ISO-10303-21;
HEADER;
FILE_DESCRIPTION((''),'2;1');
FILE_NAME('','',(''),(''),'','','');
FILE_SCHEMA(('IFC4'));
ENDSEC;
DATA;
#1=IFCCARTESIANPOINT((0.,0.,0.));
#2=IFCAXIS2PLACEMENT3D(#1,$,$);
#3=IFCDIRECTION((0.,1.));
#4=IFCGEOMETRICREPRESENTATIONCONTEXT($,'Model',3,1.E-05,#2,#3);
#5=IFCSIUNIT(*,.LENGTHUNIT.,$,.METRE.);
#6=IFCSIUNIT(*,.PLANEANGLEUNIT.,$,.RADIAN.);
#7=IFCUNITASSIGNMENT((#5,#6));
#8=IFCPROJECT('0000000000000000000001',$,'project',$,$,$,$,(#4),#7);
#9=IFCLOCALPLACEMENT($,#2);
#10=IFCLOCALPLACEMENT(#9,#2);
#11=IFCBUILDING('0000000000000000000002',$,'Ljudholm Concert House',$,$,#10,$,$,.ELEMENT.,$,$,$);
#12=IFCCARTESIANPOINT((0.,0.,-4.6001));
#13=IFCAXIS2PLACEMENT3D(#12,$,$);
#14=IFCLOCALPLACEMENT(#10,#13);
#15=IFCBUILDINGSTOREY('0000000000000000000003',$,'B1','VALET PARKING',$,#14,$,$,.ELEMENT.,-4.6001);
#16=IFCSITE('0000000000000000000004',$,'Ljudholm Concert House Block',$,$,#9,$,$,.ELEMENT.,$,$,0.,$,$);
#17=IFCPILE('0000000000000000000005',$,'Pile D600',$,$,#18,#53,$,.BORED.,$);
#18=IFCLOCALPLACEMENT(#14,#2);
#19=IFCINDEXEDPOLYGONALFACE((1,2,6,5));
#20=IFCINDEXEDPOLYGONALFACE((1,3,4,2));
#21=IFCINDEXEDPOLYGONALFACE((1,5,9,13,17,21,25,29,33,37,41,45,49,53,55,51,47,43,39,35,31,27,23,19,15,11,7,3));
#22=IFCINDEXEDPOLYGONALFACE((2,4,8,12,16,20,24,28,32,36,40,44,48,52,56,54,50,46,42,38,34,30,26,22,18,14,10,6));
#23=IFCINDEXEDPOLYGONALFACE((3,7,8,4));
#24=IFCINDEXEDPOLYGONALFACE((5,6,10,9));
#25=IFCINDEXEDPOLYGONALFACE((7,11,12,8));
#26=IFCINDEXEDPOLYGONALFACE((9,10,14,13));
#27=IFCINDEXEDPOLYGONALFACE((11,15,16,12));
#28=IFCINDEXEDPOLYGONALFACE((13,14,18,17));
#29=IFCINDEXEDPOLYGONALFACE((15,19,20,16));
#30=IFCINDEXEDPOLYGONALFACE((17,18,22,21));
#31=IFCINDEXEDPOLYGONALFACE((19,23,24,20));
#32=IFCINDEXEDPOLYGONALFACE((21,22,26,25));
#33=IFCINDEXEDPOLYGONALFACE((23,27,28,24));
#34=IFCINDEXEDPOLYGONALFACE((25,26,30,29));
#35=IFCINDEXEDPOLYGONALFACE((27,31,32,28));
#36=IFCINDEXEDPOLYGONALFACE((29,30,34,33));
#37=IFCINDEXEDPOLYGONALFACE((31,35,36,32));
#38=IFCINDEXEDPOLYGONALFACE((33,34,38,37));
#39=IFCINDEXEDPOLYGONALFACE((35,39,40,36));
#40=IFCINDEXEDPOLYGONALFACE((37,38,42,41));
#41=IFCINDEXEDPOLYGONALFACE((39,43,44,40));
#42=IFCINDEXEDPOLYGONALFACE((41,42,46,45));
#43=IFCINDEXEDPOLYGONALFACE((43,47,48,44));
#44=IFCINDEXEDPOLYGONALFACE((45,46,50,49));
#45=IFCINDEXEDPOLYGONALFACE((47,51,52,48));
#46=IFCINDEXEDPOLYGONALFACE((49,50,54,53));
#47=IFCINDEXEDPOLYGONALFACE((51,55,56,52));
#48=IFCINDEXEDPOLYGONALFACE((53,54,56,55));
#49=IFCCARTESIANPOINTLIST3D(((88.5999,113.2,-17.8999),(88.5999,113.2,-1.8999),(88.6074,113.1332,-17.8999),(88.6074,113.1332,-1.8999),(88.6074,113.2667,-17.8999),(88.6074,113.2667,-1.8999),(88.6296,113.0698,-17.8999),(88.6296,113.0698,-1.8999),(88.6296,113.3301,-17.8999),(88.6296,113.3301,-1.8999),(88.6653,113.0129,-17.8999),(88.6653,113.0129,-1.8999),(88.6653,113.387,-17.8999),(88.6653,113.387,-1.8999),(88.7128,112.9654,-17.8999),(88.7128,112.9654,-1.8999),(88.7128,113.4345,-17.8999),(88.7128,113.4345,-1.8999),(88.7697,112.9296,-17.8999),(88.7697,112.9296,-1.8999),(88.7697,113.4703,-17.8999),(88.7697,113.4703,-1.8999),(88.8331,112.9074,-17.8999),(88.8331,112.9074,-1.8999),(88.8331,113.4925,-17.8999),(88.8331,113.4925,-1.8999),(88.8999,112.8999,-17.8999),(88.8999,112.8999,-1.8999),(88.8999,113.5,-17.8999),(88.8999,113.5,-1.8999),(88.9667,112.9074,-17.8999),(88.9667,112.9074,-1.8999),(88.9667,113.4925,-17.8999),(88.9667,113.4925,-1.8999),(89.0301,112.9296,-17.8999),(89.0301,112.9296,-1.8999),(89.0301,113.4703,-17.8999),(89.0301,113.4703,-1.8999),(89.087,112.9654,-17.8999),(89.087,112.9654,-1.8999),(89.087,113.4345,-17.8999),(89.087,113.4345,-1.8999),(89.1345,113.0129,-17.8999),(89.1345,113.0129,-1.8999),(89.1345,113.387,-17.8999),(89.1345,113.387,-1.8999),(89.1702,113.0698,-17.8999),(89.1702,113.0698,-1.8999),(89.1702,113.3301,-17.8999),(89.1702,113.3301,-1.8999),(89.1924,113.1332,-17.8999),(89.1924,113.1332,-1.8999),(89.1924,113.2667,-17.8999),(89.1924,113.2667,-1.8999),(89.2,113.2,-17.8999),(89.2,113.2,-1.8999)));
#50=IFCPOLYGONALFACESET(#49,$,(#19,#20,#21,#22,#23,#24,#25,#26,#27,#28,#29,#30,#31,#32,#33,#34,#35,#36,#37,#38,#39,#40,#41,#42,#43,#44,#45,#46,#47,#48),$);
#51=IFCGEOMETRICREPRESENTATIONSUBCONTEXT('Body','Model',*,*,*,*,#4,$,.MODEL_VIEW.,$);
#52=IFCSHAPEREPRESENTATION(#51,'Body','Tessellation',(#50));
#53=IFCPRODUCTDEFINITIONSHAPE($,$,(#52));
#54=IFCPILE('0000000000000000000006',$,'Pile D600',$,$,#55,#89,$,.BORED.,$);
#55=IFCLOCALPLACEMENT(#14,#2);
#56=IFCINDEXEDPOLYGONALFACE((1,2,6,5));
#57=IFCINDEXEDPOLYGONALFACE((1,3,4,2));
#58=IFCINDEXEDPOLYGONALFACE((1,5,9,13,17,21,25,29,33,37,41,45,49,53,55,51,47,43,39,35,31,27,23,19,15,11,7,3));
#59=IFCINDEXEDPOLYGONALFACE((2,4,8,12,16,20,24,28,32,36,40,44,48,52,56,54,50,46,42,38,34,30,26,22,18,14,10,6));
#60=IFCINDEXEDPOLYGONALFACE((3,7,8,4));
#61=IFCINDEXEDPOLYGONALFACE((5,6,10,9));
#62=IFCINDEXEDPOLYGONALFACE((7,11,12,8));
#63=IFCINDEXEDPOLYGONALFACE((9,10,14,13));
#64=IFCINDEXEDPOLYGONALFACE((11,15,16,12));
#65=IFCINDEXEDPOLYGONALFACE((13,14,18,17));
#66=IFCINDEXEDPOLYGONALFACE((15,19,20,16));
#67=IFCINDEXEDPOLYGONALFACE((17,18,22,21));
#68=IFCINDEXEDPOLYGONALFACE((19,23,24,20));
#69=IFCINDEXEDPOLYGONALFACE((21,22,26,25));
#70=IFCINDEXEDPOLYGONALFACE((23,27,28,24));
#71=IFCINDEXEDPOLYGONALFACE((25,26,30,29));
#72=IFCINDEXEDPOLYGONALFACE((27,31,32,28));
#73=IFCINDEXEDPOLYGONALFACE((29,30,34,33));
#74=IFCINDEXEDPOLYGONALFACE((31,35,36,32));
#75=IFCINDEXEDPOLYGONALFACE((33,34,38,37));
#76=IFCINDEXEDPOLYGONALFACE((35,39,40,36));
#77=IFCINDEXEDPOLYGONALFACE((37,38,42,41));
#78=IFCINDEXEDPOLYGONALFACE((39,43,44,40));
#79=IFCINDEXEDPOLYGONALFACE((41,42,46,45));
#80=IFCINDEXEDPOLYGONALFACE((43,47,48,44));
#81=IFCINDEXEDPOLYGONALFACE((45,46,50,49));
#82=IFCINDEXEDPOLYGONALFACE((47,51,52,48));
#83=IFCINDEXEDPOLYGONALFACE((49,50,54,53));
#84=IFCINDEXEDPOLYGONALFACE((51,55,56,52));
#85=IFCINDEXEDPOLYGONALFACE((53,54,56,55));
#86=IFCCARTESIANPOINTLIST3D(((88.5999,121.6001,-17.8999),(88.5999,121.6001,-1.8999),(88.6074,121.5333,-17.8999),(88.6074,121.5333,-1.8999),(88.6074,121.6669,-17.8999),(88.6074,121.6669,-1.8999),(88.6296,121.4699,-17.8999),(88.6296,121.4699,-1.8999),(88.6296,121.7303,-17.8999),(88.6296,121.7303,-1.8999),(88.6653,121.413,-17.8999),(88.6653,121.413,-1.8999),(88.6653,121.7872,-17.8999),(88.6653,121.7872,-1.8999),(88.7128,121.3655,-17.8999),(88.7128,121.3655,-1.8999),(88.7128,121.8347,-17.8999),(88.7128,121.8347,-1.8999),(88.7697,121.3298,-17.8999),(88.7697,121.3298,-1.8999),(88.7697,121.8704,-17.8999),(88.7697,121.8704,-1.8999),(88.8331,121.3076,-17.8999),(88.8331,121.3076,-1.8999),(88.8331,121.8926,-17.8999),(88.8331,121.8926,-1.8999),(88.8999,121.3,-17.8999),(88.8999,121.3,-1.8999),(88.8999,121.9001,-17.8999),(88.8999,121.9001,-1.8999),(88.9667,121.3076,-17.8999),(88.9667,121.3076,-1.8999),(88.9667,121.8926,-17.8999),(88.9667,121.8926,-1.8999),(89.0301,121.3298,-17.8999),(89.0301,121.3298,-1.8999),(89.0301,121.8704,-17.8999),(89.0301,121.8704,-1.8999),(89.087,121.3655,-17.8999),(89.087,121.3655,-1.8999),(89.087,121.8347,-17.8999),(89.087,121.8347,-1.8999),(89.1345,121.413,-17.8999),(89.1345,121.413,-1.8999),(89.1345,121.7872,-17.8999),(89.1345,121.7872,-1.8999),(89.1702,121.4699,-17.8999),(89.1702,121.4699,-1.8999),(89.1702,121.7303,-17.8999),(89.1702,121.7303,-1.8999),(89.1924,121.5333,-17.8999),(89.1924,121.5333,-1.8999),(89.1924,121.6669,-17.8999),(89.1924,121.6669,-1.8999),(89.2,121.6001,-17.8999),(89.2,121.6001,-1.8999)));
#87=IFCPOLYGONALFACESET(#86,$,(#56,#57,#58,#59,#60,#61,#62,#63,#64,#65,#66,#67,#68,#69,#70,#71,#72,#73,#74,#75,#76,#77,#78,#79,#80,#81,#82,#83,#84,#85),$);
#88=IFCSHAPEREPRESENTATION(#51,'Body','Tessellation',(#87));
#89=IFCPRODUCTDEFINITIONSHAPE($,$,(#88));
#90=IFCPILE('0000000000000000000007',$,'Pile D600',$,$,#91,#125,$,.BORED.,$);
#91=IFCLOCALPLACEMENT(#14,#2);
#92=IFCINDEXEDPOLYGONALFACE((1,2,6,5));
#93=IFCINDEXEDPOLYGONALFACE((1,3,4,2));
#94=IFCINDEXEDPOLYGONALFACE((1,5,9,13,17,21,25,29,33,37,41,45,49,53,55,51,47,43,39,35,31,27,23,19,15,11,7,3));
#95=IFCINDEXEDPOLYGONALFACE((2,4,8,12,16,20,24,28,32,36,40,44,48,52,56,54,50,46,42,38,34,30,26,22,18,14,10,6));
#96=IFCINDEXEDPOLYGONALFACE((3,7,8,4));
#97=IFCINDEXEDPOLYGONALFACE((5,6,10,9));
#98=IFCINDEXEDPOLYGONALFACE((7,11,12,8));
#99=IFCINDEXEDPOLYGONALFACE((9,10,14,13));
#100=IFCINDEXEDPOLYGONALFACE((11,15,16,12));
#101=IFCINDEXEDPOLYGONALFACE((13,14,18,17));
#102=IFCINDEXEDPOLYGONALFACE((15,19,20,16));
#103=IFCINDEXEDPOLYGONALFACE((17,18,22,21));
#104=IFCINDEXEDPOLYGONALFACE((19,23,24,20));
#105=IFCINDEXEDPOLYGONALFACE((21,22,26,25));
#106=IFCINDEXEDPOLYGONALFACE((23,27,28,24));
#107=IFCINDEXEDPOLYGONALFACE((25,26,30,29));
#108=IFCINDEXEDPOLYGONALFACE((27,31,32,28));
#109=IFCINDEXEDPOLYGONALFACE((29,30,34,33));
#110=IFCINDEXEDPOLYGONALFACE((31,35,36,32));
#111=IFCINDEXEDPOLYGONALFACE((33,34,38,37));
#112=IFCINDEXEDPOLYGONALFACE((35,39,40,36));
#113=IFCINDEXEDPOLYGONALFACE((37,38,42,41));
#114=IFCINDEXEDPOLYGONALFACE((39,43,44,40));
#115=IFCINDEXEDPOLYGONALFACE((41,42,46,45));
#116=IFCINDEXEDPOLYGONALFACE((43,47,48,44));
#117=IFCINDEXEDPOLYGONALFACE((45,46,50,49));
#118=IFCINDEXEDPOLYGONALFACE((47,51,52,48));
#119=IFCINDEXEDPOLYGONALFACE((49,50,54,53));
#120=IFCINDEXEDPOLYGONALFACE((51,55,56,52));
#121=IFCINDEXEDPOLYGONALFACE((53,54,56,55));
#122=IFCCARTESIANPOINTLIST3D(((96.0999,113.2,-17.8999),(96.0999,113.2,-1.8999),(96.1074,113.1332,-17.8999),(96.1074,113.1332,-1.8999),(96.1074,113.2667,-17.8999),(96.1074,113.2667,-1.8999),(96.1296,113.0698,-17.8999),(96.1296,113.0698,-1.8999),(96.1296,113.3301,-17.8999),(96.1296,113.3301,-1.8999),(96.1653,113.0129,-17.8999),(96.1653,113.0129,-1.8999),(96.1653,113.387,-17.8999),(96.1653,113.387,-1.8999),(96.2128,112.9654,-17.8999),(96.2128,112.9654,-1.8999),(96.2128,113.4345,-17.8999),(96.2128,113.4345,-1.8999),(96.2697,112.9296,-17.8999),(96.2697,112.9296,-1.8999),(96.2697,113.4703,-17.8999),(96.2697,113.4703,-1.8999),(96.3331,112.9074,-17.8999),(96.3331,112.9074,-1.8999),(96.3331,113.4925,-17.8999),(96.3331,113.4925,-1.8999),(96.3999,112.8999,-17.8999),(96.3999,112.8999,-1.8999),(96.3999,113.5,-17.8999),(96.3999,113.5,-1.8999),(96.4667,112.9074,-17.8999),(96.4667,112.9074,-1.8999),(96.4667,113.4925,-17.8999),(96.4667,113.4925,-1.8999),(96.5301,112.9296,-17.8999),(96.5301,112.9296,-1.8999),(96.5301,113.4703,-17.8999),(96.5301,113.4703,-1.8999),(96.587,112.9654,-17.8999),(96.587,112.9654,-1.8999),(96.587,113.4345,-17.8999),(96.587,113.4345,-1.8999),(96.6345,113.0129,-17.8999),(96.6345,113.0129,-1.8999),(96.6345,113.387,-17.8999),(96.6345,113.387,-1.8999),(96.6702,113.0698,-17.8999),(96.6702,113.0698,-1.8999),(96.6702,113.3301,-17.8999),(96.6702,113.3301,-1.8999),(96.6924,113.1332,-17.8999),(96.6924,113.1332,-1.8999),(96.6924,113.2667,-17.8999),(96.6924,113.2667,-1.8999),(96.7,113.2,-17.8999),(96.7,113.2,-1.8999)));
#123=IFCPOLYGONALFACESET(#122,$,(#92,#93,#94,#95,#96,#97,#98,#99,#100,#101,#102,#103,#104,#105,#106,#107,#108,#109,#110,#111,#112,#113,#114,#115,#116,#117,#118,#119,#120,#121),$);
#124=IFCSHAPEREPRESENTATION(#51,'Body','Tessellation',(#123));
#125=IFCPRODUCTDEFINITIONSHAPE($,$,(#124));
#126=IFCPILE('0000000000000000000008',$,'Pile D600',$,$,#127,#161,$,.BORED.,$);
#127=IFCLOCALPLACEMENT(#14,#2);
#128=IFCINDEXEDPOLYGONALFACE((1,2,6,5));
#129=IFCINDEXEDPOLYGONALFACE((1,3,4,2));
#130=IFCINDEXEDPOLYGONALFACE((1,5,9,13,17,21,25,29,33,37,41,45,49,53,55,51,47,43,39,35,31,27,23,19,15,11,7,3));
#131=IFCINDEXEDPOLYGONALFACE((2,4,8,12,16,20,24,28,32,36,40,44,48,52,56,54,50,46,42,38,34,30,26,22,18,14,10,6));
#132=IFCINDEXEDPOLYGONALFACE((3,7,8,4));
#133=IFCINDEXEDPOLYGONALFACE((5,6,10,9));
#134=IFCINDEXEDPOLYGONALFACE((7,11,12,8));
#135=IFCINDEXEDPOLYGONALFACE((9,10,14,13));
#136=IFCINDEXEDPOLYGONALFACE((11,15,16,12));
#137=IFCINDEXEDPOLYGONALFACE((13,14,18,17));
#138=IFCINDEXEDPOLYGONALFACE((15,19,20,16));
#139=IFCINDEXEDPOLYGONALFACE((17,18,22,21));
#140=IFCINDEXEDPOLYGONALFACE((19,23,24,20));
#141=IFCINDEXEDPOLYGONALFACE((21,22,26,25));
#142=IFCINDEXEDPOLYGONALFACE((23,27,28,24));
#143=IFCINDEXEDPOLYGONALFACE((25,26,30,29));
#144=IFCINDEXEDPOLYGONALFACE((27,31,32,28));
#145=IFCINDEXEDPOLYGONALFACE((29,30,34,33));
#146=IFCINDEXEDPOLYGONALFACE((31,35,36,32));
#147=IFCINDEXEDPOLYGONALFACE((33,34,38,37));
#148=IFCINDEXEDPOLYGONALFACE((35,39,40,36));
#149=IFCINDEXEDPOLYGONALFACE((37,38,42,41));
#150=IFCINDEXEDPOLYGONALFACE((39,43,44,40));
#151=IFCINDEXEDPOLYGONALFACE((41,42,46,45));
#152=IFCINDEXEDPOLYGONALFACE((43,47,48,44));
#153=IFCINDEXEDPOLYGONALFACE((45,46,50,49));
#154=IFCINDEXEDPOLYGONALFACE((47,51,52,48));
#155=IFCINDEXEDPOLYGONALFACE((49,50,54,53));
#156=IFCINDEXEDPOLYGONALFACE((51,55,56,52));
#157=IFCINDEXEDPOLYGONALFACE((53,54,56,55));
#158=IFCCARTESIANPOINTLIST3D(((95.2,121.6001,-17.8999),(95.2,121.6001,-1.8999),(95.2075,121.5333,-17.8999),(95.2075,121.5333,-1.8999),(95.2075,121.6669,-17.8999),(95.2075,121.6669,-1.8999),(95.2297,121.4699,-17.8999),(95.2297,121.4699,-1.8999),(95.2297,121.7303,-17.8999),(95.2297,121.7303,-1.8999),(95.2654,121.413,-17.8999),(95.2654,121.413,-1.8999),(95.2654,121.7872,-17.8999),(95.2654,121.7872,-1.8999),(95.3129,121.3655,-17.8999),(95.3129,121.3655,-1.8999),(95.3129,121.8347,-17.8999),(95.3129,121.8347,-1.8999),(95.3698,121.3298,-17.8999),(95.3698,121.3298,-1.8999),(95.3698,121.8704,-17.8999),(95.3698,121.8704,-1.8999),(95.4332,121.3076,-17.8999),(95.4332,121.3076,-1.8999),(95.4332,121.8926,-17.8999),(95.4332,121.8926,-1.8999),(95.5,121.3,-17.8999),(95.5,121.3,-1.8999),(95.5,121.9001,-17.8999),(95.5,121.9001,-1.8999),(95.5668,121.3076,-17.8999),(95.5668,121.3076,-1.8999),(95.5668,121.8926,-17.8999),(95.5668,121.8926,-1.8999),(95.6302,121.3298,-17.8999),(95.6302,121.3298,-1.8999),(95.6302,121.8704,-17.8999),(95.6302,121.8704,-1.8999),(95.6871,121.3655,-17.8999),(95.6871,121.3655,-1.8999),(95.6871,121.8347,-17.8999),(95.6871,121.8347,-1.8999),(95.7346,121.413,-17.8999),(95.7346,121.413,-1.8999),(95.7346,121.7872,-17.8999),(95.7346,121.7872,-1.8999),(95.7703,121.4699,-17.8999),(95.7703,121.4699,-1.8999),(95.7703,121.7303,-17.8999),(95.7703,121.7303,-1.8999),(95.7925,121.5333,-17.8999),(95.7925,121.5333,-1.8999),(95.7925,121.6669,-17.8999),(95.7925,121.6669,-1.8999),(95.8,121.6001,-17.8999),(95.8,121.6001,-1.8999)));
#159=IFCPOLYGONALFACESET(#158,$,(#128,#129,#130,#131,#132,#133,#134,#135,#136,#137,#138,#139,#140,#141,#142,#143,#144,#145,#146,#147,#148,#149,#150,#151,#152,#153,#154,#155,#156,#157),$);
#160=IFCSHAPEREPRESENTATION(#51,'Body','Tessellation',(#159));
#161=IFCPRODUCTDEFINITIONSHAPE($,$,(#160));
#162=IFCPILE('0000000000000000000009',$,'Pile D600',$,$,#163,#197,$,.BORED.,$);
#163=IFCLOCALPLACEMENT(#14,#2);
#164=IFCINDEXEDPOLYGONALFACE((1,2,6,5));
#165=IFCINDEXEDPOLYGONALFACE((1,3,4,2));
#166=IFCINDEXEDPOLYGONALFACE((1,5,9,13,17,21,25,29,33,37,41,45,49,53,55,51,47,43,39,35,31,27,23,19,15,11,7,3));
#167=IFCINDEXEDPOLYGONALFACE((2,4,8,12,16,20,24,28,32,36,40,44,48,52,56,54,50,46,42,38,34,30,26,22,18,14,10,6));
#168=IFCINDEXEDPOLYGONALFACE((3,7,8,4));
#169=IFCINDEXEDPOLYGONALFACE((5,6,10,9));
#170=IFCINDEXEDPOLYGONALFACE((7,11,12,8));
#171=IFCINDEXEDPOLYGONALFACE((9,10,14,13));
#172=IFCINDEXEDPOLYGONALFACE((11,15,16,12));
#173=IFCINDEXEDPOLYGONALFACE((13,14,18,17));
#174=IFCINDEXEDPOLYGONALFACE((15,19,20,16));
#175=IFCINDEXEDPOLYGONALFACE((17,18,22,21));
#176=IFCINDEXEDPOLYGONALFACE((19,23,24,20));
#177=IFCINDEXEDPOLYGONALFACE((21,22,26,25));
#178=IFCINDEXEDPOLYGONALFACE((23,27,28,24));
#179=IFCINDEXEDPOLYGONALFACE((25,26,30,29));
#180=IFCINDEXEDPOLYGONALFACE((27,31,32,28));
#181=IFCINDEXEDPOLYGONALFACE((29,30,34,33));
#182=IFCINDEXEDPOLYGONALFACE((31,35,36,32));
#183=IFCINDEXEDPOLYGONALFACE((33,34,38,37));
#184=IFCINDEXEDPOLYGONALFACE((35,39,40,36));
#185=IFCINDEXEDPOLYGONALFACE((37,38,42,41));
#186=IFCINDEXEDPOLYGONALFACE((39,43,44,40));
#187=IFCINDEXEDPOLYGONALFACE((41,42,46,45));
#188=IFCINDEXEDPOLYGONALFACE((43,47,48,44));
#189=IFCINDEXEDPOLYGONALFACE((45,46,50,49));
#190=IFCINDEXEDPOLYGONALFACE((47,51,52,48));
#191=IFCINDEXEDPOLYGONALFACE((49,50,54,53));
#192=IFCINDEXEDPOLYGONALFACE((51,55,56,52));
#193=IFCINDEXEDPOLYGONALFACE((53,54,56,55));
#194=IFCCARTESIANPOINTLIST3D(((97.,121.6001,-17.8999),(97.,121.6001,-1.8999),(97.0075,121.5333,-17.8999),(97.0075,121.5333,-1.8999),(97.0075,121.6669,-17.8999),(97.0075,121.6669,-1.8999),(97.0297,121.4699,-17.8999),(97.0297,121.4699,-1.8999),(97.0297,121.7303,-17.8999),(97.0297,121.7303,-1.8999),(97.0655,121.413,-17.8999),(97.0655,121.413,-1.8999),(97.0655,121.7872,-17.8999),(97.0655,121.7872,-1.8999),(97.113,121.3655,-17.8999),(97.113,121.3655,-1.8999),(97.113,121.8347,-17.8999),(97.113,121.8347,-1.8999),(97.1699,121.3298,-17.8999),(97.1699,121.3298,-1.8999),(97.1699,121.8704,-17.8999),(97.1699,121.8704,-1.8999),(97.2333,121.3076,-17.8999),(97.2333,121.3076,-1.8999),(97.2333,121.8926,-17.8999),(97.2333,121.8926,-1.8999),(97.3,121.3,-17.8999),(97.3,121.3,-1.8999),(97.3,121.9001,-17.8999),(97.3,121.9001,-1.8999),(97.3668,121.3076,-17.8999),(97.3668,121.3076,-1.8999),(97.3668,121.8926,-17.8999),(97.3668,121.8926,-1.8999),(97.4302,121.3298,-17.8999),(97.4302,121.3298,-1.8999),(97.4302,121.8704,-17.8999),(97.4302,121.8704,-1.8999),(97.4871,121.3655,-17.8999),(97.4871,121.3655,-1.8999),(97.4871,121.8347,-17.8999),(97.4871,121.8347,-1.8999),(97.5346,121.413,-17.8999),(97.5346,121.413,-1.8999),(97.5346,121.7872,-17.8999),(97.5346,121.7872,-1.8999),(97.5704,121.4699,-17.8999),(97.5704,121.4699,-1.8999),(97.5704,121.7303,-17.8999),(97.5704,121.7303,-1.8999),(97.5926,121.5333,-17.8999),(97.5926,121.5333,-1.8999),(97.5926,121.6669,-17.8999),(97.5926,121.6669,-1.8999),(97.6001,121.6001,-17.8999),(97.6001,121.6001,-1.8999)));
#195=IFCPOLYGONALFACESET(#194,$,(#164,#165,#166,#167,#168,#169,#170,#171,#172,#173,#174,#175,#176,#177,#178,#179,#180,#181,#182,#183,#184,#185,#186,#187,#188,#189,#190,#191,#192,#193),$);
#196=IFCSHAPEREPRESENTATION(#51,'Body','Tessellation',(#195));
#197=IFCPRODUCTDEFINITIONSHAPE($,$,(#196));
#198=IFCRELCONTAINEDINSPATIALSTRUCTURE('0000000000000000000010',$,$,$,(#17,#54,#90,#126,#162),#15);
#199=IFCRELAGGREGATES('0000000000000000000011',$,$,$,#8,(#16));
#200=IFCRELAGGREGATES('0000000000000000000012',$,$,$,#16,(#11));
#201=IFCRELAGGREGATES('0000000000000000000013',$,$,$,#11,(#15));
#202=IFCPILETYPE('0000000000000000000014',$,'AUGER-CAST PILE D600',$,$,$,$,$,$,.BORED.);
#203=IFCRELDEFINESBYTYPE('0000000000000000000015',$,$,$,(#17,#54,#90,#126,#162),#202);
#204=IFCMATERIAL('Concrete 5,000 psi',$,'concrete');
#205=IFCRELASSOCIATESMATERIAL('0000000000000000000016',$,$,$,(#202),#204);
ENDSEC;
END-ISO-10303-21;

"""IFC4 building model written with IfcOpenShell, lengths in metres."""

from ifc_helpers import new_model, si_unit, direction, frame, origin, origin_2d, place, context, subcontext, project, spatial, circle, extrude, material, material_profile, profile_set, type_object, element, save


model = new_model("IFC4")

# Units and contexts
model_context = context("Model", 3, precision=1e-05, world=origin(), true_north=direction((0.0, 1.0)))
body_context = subcontext(model_context, "Body", "Model", "MODEL_VIEW")
ifc_project = project(units=[si_unit("LENGTHUNIT", "METRE"), si_unit("PLANEANGLEUNIT", "RADIAN")], contexts=[model_context])

# Site, building, storey
site_placement = place(None, origin())
site = spatial("IfcSite", under=ifc_project, at=site_placement, Name="Ljudholm Concert House Block", CompositionType="ELEMENT", RefElevation=0.0)
building_placement = place(site_placement, origin())
building = spatial("IfcBuilding", under=site, at=building_placement, Name="Ljudholm Concert House", CompositionType="ELEMENT")
storey_placement = place(building_placement, frame((0.0, 0.0, -4.6001)))
storey = spatial("IfcBuildingStorey", under=building, at=storey_placement, Name="B1", Description="VALET PARKING", CompositionType="ELEMENT", Elevation=-4.6001)

# Piles
ifc_material_1 = material(Name="Concrete 5,000 psi", Category="concrete")
ifc_material_profile_1 = material_profile(ifc_material_1, circle(Radius=0.3, at=origin_2d()), Name="AUGER-CAST PILE D600")
ifc_profile_set_1 = profile_set([ifc_material_profile_1], Name="Concrete 5,000 psi")
pile_type = type_object("IfcPileType", Name="AUGER-CAST PILE D600", PredefinedType="BORED", material=ifc_profile_set_1)
for number, where, z_axis, x_axis, name in (
    (1, (88.8999, 113.2, -1.8999), (0.0, 0.0, -1.0), (1.0, 0.0, 0.0), "Pile D600"),
    (2, (88.8999, 121.6001, -1.8999), (0.0, 0.0, -1.0), (1.0, 0.0, 0.0), "Pile D600"),
    (3, (96.3999, 113.2, -1.8999), (0.0, 0.0, -1.0), (1.0, 0.0, 0.0), "Pile D600"),
    (4, (95.5, 121.6001, -1.8999), (0.0, 0.0, -1.0), (1.0, 0.0, 0.0), "Pile D600"),
    (5, (97.3, 121.6001, -1.8999), (0.0, 0.0, -1.0), (1.0, 0.0, 0.0), "Pile D600"),
):
    element("IfcPile", number, at=place(storey_placement, frame(where, z_axis=z_axis, x_axis=x_axis)), inside=storey, type_object=pile_type, Name=name, PredefinedType="BORED", context=body_context, shape_type="SweptSolid", body=[
        extrude(circle(Radius=0.3, at=origin_2d()), origin(), (0.0, 0.0, 1.0), 16.0),
    ])

save(model, "model.ifc")
